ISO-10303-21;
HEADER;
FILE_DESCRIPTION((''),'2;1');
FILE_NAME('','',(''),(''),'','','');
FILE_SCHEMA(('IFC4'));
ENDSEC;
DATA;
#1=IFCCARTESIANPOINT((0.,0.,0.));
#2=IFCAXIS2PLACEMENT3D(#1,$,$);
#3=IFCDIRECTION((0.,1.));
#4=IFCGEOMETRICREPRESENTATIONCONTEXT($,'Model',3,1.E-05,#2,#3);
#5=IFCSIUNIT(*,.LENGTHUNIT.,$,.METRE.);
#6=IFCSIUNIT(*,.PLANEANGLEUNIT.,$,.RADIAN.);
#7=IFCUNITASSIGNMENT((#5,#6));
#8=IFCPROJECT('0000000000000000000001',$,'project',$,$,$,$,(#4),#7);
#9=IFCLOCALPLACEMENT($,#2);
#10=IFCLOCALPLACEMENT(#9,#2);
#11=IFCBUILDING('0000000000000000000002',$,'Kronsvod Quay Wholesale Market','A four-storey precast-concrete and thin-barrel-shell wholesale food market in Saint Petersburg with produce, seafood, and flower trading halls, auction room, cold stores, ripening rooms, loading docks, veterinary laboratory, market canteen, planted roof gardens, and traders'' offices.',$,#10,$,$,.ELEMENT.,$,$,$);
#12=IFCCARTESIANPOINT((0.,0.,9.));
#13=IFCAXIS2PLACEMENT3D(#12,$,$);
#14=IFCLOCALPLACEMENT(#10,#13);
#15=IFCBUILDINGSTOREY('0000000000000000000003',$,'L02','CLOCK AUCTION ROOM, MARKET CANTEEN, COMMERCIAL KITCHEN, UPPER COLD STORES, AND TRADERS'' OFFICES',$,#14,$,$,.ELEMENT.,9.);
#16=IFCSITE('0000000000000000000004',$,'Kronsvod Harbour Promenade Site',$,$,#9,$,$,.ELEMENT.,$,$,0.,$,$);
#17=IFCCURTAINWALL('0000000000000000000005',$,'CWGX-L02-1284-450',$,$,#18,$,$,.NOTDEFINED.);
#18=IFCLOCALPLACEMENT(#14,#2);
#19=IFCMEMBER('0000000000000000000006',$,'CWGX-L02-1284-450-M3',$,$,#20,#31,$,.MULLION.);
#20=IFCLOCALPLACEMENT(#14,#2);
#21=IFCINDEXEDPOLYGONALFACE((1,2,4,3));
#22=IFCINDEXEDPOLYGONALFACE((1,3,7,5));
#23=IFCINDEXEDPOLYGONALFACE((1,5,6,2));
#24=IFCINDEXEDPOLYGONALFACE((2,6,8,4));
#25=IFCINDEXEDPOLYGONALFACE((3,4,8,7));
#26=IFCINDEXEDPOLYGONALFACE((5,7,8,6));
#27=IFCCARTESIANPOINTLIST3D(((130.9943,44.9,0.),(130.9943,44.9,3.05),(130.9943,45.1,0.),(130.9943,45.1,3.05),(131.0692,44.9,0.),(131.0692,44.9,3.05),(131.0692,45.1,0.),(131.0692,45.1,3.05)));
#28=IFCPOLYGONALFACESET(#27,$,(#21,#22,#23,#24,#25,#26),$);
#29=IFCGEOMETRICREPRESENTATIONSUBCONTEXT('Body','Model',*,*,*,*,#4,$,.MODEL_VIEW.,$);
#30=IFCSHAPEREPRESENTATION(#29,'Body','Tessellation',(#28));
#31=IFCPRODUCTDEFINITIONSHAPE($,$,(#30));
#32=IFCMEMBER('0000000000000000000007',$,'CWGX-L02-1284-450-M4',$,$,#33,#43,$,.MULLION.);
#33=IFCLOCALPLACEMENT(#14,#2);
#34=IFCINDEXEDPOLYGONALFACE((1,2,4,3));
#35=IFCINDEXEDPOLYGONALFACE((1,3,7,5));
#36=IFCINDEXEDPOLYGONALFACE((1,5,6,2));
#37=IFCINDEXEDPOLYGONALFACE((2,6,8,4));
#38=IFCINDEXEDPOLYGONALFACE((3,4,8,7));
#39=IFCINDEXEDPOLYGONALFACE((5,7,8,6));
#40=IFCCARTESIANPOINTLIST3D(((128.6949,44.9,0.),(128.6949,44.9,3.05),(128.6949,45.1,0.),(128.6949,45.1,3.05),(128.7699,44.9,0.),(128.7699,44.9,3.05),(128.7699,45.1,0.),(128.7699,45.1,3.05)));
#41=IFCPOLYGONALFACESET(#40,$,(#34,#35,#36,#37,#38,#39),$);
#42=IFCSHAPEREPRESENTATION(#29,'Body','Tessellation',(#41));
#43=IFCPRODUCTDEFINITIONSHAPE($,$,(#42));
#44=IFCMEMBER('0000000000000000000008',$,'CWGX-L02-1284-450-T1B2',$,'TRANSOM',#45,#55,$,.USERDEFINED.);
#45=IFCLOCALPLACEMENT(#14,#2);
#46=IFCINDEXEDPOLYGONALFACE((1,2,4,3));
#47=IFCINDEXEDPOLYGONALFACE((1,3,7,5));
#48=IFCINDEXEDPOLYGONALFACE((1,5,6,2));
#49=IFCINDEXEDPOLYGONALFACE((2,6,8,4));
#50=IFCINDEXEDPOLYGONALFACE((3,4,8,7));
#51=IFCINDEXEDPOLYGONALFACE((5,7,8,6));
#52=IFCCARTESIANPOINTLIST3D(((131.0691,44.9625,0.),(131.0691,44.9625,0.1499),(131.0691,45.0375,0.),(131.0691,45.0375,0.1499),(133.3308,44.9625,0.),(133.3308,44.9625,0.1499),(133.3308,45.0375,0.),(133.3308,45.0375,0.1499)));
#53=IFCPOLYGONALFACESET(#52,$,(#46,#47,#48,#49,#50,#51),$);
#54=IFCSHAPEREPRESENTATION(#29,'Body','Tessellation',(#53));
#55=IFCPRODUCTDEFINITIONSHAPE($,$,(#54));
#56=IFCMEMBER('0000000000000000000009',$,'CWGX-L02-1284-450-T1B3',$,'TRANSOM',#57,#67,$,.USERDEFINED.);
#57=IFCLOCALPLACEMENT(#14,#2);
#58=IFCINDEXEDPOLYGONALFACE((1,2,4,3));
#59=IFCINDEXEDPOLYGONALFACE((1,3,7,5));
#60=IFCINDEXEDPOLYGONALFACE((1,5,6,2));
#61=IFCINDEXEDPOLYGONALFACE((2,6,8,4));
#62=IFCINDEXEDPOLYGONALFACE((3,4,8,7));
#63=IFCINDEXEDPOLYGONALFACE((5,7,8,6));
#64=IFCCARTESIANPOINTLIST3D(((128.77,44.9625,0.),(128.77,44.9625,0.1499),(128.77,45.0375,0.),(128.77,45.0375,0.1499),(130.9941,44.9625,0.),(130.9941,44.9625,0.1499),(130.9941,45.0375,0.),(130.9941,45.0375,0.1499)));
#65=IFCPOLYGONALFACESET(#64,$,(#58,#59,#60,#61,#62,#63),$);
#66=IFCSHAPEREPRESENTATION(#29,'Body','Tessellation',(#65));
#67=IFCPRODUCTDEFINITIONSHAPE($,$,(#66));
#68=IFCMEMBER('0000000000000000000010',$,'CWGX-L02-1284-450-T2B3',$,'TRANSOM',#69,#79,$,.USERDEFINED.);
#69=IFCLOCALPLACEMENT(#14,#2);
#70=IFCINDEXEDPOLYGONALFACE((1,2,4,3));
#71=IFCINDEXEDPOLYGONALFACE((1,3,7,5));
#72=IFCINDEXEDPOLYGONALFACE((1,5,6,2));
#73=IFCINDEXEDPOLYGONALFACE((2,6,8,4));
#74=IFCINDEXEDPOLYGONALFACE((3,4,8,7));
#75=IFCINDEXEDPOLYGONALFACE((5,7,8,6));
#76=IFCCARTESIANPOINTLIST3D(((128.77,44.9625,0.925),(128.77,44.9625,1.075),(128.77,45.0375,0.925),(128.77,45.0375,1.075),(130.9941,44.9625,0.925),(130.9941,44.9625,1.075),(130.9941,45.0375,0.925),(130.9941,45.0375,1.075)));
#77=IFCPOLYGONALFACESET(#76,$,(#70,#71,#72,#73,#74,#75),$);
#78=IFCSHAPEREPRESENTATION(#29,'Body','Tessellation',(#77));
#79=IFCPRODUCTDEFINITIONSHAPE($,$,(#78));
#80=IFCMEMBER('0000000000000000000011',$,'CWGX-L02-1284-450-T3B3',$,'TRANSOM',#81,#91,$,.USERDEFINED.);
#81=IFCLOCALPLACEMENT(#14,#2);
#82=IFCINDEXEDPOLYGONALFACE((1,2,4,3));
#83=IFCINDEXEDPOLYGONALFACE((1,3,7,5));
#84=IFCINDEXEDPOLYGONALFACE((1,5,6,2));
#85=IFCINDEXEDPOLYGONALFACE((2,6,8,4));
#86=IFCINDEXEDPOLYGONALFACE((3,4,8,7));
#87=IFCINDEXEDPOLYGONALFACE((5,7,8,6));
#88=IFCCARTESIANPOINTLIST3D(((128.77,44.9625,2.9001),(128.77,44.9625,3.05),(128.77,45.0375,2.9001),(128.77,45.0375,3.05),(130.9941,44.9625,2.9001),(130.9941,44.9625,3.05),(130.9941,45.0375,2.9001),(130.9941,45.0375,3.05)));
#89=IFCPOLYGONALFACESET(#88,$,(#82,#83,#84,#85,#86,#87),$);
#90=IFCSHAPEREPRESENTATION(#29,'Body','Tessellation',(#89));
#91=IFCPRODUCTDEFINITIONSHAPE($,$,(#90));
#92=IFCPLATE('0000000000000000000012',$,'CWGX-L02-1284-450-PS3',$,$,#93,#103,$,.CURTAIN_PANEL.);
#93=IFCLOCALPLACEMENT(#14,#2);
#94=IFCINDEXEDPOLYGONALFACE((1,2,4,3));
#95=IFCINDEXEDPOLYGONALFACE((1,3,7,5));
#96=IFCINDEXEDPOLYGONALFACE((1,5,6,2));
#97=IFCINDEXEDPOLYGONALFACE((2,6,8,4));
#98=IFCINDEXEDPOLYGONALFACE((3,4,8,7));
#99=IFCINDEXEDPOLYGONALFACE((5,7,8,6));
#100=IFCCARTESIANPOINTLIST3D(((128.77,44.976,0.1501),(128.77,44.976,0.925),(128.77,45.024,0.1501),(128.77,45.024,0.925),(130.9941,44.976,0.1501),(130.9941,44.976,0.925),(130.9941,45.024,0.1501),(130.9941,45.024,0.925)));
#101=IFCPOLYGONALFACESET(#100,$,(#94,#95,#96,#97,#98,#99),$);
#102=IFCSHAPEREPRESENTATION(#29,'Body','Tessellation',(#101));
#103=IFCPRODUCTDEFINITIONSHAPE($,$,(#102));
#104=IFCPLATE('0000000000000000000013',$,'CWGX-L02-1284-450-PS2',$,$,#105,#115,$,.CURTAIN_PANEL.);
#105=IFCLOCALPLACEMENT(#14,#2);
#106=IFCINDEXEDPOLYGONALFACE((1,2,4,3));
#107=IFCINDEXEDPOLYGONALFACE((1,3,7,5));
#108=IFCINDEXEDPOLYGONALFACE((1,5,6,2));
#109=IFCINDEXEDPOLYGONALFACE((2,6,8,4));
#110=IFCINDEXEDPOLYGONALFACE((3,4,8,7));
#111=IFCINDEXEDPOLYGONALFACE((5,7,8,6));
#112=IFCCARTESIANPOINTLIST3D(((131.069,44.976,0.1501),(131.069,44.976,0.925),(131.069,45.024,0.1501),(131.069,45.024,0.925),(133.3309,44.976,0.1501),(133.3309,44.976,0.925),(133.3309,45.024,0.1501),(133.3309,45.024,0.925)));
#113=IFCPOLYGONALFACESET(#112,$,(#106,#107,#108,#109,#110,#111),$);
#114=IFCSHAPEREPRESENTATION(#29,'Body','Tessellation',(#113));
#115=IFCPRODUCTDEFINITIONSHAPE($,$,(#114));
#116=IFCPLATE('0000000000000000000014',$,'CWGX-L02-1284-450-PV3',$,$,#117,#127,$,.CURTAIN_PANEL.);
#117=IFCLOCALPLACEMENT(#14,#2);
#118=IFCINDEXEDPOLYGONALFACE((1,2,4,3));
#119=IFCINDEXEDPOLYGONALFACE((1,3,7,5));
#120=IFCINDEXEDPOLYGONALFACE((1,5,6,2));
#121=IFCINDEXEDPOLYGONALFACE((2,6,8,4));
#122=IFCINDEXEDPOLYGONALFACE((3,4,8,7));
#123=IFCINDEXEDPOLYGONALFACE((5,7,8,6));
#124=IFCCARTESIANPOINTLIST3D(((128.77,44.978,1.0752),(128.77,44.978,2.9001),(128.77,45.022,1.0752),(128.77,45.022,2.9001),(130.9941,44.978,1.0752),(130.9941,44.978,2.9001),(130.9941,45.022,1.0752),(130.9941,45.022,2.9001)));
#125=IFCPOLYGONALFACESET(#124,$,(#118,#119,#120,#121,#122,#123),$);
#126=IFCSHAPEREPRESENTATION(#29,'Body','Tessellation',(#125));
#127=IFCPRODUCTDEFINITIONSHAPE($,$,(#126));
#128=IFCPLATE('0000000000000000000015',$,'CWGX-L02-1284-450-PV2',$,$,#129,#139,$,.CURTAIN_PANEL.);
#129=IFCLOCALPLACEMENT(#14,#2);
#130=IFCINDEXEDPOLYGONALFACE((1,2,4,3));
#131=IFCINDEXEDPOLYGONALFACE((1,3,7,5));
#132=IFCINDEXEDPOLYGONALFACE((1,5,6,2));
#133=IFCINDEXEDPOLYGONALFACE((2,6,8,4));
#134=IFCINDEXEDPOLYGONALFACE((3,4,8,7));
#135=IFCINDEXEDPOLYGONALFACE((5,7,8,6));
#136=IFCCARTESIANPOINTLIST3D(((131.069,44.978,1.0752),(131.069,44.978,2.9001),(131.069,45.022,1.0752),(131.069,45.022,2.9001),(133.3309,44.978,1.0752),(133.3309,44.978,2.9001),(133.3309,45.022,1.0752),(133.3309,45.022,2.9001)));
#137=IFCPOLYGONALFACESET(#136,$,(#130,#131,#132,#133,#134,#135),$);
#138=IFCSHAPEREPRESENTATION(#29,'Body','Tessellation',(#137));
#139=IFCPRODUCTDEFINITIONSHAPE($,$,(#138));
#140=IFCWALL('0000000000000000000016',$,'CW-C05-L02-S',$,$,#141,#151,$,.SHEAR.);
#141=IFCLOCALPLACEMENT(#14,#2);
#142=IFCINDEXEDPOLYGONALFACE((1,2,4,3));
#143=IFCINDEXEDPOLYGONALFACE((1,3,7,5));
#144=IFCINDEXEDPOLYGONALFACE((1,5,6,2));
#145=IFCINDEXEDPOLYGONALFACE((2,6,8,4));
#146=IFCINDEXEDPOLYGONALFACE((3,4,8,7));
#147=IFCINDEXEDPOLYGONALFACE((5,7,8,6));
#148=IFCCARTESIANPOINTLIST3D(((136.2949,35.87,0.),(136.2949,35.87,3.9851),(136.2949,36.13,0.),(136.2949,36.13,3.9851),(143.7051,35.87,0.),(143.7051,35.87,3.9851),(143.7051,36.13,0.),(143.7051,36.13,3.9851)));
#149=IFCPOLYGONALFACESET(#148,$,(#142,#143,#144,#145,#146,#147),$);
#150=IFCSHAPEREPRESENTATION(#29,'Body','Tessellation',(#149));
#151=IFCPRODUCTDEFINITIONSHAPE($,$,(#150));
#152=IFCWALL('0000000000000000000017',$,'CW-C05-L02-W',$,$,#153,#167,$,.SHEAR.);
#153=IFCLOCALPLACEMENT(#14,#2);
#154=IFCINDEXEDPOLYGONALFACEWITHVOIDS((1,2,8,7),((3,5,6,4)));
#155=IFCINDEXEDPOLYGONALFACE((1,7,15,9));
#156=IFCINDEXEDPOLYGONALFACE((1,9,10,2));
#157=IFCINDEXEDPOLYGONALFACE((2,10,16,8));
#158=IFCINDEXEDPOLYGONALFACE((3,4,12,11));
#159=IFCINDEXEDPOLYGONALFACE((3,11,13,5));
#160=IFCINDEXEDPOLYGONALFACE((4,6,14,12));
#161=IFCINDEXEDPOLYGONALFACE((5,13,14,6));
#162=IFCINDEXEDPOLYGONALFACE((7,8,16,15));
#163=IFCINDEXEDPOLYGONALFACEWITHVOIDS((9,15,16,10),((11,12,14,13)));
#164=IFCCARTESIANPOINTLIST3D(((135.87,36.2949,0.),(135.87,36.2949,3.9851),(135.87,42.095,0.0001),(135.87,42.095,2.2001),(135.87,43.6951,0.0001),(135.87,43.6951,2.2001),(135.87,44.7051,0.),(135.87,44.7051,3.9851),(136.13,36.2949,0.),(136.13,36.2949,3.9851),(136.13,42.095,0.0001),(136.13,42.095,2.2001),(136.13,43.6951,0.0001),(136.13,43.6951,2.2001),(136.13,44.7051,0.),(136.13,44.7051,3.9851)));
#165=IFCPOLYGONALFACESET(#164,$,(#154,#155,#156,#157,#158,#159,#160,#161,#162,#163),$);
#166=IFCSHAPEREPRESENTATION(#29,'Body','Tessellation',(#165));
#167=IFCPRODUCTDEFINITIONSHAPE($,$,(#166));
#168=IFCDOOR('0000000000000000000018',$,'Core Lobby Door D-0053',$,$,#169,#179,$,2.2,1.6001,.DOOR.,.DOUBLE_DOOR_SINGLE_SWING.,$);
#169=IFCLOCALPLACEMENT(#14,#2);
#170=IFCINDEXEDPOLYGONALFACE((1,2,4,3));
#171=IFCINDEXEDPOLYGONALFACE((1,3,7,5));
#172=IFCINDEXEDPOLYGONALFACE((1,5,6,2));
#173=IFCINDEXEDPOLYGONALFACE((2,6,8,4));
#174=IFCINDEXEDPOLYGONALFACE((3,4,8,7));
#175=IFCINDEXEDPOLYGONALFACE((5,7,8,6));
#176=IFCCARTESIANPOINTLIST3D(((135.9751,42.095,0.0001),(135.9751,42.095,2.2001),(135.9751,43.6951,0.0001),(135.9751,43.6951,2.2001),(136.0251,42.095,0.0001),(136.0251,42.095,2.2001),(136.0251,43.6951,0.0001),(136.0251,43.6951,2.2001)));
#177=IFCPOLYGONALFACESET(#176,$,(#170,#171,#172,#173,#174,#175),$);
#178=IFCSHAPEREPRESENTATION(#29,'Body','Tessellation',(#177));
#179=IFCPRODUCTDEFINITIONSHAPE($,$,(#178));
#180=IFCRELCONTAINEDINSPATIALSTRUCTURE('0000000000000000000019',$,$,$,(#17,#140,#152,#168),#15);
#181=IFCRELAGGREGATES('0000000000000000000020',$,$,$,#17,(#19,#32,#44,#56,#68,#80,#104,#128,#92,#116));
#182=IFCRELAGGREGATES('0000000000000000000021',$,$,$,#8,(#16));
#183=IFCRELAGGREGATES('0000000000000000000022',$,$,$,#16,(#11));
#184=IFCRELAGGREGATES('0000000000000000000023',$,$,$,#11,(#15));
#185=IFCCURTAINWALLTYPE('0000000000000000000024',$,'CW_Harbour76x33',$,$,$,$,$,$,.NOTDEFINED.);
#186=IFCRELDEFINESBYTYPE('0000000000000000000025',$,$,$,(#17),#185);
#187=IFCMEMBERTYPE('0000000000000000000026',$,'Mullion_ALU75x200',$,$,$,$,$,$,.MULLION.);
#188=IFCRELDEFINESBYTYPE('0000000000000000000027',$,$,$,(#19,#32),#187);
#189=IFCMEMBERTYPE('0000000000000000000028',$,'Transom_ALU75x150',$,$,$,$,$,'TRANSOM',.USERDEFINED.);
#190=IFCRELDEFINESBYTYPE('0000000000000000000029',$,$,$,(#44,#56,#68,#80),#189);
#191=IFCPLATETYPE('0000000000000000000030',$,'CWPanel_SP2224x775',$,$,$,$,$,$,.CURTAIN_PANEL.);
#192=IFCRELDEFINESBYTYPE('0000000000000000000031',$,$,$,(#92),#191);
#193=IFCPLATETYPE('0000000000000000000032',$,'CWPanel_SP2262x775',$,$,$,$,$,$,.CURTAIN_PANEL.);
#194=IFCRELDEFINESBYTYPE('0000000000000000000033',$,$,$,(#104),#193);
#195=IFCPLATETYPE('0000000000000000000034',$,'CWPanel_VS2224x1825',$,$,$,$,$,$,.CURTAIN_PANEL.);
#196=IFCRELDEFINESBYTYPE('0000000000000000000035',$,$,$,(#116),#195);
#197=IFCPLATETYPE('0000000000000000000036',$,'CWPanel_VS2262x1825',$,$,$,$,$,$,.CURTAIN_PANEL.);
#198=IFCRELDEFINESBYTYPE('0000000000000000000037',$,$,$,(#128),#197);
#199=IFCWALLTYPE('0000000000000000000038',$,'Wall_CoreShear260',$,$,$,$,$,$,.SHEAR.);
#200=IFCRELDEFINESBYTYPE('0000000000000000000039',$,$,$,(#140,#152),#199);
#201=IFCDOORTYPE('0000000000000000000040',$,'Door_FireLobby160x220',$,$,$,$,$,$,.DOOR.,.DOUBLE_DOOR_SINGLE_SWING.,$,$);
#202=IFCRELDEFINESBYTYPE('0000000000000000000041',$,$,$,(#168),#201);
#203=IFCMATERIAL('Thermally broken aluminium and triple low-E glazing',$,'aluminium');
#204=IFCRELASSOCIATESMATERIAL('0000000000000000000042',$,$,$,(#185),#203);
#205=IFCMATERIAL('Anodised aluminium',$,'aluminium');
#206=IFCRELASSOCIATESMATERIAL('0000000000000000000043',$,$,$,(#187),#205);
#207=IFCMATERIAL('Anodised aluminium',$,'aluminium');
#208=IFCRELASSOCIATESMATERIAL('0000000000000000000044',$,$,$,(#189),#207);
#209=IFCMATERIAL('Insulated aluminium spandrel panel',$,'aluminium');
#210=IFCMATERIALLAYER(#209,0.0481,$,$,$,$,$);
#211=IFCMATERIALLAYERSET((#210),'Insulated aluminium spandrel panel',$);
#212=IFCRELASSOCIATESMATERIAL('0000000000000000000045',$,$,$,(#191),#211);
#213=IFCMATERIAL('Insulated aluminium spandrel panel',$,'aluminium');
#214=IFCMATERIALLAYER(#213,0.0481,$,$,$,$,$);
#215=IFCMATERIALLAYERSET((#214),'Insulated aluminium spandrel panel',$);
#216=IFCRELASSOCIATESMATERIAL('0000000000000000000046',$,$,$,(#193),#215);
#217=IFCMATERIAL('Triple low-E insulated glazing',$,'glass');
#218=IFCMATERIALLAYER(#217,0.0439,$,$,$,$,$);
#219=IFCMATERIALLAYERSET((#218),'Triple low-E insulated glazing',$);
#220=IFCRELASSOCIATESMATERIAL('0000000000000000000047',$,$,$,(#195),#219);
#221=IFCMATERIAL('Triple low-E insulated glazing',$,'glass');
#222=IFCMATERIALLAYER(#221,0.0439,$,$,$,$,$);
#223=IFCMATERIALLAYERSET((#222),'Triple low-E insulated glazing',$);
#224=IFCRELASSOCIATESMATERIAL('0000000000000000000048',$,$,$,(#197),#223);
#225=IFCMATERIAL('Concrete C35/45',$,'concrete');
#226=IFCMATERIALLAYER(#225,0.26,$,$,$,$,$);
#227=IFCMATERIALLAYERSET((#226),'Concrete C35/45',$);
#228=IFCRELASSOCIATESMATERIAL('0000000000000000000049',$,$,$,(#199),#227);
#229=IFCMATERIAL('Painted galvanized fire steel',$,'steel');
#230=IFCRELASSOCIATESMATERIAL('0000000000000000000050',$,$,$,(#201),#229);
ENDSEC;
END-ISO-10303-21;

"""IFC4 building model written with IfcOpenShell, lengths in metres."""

from ifc_helpers import new_model, si_unit, direction, frame, frame_2d, origin, origin_2d, place, context, subcontext, project, spatial, rectangle, extrude, material, layer, layer_set, material_profile, profile_set, type_object, element, fill, aggregate, save


model = new_model("IFC4")

# Units and contexts
model_context = context("Model", 3, precision=1e-05, world=origin(), true_north=direction((0.0, 1.0)))
body_context = subcontext(model_context, "Body", "Model", "MODEL_VIEW")
ifc_project = project(units=[si_unit("LENGTHUNIT", "METRE"), si_unit("PLANEANGLEUNIT", "RADIAN")], contexts=[model_context])

# Site, building, storey
site_placement = place(None, origin())
site = spatial("IfcSite", under=ifc_project, at=site_placement, Name="Kronsvod Harbour Promenade Site", CompositionType="ELEMENT", RefElevation=0.0)
building_placement = place(site_placement, origin())
building = spatial("IfcBuilding", under=site, at=building_placement, Name="Kronsvod Quay Wholesale Market", Description="A four-storey precast-concrete and thin-barrel-shell wholesale food market in Saint Petersburg with produce, seafood, and flower trading halls, auction room, cold stores, ripening rooms, loading docks, veterinary laboratory, market canteen, planted roof gardens, and traders' offices.", CompositionType="ELEMENT")
storey_placement = place(building_placement, frame((0.0, 0.0, 9.0)))
storey = spatial("IfcBuildingStorey", under=building, at=storey_placement, Name="L02", Description="CLOCK AUCTION ROOM, MARKET CANTEEN, COMMERCIAL KITCHEN, UPPER COLD STORES, AND TRADERS' OFFICES", CompositionType="ELEMENT", Elevation=9.0)

# Curtain wall, members, plates
ifc_material_1 = material(Name="Thermally broken aluminium and triple low-E glazing", Category="aluminium")
curtain_wall_type = type_object("IfcCurtainWallType", Name="CW_Harbour76x33", PredefinedType="NOTDEFINED", material=ifc_material_1)
curtain_wall_placement = place(storey_placement, origin())
curtain_wall = element("IfcCurtainWall", 1, at=curtain_wall_placement, inside=storey, type_object=curtain_wall_type, Name="CWGX-L02-1284-450", PredefinedType="NOTDEFINED")
ifc_material_2 = material(Name="Anodised aluminium", Category="aluminium")
ifc_material_profile_1 = material_profile(ifc_material_2, rectangle(XDim=0.075, YDim=0.2, at=origin_2d()), Name="ALUM75x200")
ifc_profile_set_1 = profile_set([ifc_material_profile_1], Name="Anodised aluminium")
member_type_1 = type_object("IfcMemberType", Name="Mullion_ALU75x200", PredefinedType="MULLION", material=ifc_profile_set_1)
member_1_placement = place(storey_placement, frame((131.0317, 45.0, 0.0), z_axis=(0.0, 0.0, 1.0), x_axis=(1.0, 0.0, 0.0)))
member_1 = element("IfcMember", 2, at=member_1_placement, type_object=member_type_1, Name="CWGX-L02-1284-450-M3", PredefinedType="MULLION", context=body_context, shape_type="SweptSolid", body=[
    extrude(rectangle(XDim=0.075, YDim=0.2, at=origin_2d()), origin(), (0.0, 0.0, 1.0), 3.05),
])
member_2_placement = place(storey_placement, frame((128.7324, 45.0, 0.0), z_axis=(0.0, 0.0, 1.0), x_axis=(1.0, 0.0, 0.0)))
member_2 = element("IfcMember", 3, at=member_2_placement, type_object=member_type_1, Name="CWGX-L02-1284-450-M4", PredefinedType="MULLION", context=body_context, shape_type="SweptSolid", body=[
    extrude(rectangle(XDim=0.075, YDim=0.2, at=origin_2d()), origin(), (0.0, 0.0, 1.0), 3.05),
])
ifc_material_3 = material(Name="Anodised aluminium", Category="aluminium")
ifc_material_profile_2 = material_profile(ifc_material_3, rectangle(XDim=0.075, YDim=0.1499, at=origin_2d()), Name="ALUT75x150")
ifc_profile_set_2 = profile_set([ifc_material_profile_2], Name="Anodised aluminium")
member_type_2 = type_object("IfcMemberType", Name="Transom_ALU75x150", ElementType="TRANSOM", PredefinedType="USERDEFINED", material=ifc_profile_set_2)
member_3_placement = place(storey_placement, frame((133.3308, 45.0, 0.075), z_axis=(-1.0, 0.0, 0.0), x_axis=(0.0, -1.0, 0.0)))
member_3 = element("IfcMember", 4, at=member_3_placement, type_object=member_type_2, Name="CWGX-L02-1284-450-T1B2", ObjectType="TRANSOM", PredefinedType="USERDEFINED", context=body_context, shape_type="SweptSolid", body=[
    extrude(rectangle(XDim=0.075, YDim=0.1499, at=origin_2d()), origin(), (0.0, 0.0, 1.0), 2.2617),
])
member_4_placement = place(storey_placement, frame((130.9941, 45.0, 0.075), z_axis=(-1.0, 0.0, 0.0), x_axis=(0.0, -1.0, 0.0)))
member_4 = element("IfcMember", 5, at=member_4_placement, type_object=member_type_2, Name="CWGX-L02-1284-450-T1B3", ObjectType="TRANSOM", PredefinedType="USERDEFINED", context=body_context, shape_type="SweptSolid", body=[
    extrude(rectangle(XDim=0.075, YDim=0.1499, at=origin_2d()), origin(), (0.0, 0.0, 1.0), 2.2241),
])
member_5_placement = place(storey_placement, frame((130.9941, 45.0, 1.0), z_axis=(-1.0, 0.0, 0.0), x_axis=(0.0, -1.0, 0.0)))
member_5 = element("IfcMember", 6, at=member_5_placement, type_object=member_type_2, Name="CWGX-L02-1284-450-T2B3", ObjectType="TRANSOM", PredefinedType="USERDEFINED", context=body_context, shape_type="SweptSolid", body=[
    extrude(rectangle(XDim=0.075, YDim=0.1499, at=origin_2d()), origin(), (0.0, 0.0, 1.0), 2.2241),
])
member_6_placement = place(storey_placement, frame((130.9941, 45.0, 2.9751), z_axis=(-1.0, 0.0, 0.0), x_axis=(0.0, -1.0, 0.0)))
member_6 = element("IfcMember", 7, at=member_6_placement, type_object=member_type_2, Name="CWGX-L02-1284-450-T3B3", ObjectType="TRANSOM", PredefinedType="USERDEFINED", context=body_context, shape_type="SweptSolid", body=[
    extrude(rectangle(XDim=0.075, YDim=0.1499, at=origin_2d()), origin(), (0.0, 0.0, 1.0), 2.2241),
])
ifc_material_4 = material(Name="Insulated aluminium spandrel panel", Category="aluminium")
ifc_layer_1 = layer(ifc_material_4, 0.0481)
ifc_layer_set_1 = layer_set([ifc_layer_1], Name="Insulated aluminium spandrel panel")
plate_type_1 = type_object("IfcPlateType", Name="CWPanel_SP2224x775", PredefinedType="CURTAIN_PANEL", material=ifc_layer_set_1)
plate_1_placement = place(storey_placement, frame((129.8821, 45.0, 0.1501), z_axis=(0.0, 0.0, 1.0), x_axis=(-1.0, 0.0, 0.0)))
plate_1 = element("IfcPlate", 8, at=plate_1_placement, type_object=plate_type_1, Name="CWGX-L02-1284-450-PS3", PredefinedType="CURTAIN_PANEL", context=body_context, shape_type="SweptSolid", body=[
    extrude(rectangle(XDim=2.2241, YDim=0.0481, at=origin_2d()), origin(), (0.0, 0.0, 1.0), 0.7749),
])
ifc_material_5 = material(Name="Insulated aluminium spandrel panel", Category="aluminium")
ifc_layer_2 = layer(ifc_material_5, 0.0481)
ifc_layer_set_2 = layer_set([ifc_layer_2], Name="Insulated aluminium spandrel panel")
plate_type_2 = type_object("IfcPlateType", Name="CWPanel_SP2262x775", PredefinedType="CURTAIN_PANEL", material=ifc_layer_set_2)
plate_2_placement = place(storey_placement, frame((132.2, 45.0, 0.1501), z_axis=(0.0, 0.0, 1.0), x_axis=(-1.0, 0.0, 0.0)))
plate_2 = element("IfcPlate", 9, at=plate_2_placement, type_object=plate_type_2, Name="CWGX-L02-1284-450-PS2", PredefinedType="CURTAIN_PANEL", context=body_context, shape_type="SweptSolid", body=[
    extrude(rectangle(XDim=2.262, YDim=0.0481, at=origin_2d()), origin(), (0.0, 0.0, 1.0), 0.7749),
])
ifc_material_6 = material(Name="Triple low-E insulated glazing", Category="glass")
ifc_layer_3 = layer(ifc_material_6, 0.0439)
ifc_layer_set_3 = layer_set([ifc_layer_3], Name="Triple low-E insulated glazing")
plate_type_3 = type_object("IfcPlateType", Name="CWPanel_VS2224x1825", PredefinedType="CURTAIN_PANEL", material=ifc_layer_set_3)
plate_3_placement = place(storey_placement, frame((129.8821, 45.0, 1.0752), z_axis=(0.0, 0.0, 1.0), x_axis=(-1.0, 0.0, 0.0)))
plate_3 = element("IfcPlate", 10, at=plate_3_placement, type_object=plate_type_3, Name="CWGX-L02-1284-450-PV3", PredefinedType="CURTAIN_PANEL", context=body_context, shape_type="SweptSolid", body=[
    extrude(rectangle(XDim=2.2241, YDim=0.0439, at=origin_2d()), origin(), (0.0, 0.0, 1.0), 1.825),
])
ifc_material_7 = material(Name="Triple low-E insulated glazing", Category="glass")
ifc_layer_4 = layer(ifc_material_7, 0.0439)
ifc_layer_set_4 = layer_set([ifc_layer_4], Name="Triple low-E insulated glazing")
plate_type_4 = type_object("IfcPlateType", Name="CWPanel_VS2262x1825", PredefinedType="CURTAIN_PANEL", material=ifc_layer_set_4)
plate_4_placement = place(storey_placement, frame((132.2, 45.0, 1.0752), z_axis=(0.0, 0.0, 1.0), x_axis=(-1.0, 0.0, 0.0)))
plate_4 = element("IfcPlate", 11, at=plate_4_placement, type_object=plate_type_4, Name="CWGX-L02-1284-450-PV2", PredefinedType="CURTAIN_PANEL", context=body_context, shape_type="SweptSolid", body=[
    extrude(rectangle(XDim=2.262, YDim=0.0439, at=origin_2d()), origin(), (0.0, 0.0, 1.0), 1.825),
])
aggregate(curtain_wall, [member_1, member_2, member_3, member_4, member_5, member_6, plate_2, plate_4, plate_1, plate_3])

# Wall
ifc_material_8 = material(Name="Concrete C35/45", Category="concrete")
ifc_layer_5 = layer(ifc_material_8, 0.26)
ifc_layer_set_5 = layer_set([ifc_layer_5], Name="Concrete C35/45")
wall_type_1 = type_object("IfcWallType", Name="Wall_CoreShear260", PredefinedType="SHEAR", material=ifc_layer_set_5)
wall_1_placement = place(storey_placement, frame((136.2949, 36.0, 0.0), z_axis=(0.0, 0.0, 1.0), x_axis=(1.0, 0.0, 0.0)))
element("IfcWall", 12, at=wall_1_placement, inside=storey, type_object=wall_type_1, Name="CW-C05-L02-S", PredefinedType="SHEAR", context=body_context, shape_type="SweptSolid", body=[
    extrude(rectangle(XDim=7.4102, YDim=0.26, at=frame_2d((3.7051, 0.0))), origin(), (0.0, 0.0, 1.0), 3.9851),
])

# Wall, opening, door
wall_2_placement = place(storey_placement, frame((136.0, 36.2949, 0.0), z_axis=(0.0, 0.0, 1.0), x_axis=(0.0, 1.0, 0.0)))
wall_2 = element("IfcWall", 13, at=wall_2_placement, inside=storey, type_object=wall_type_1, Name="CW-C05-L02-W", PredefinedType="SHEAR", context=body_context, shape_type="SweptSolid", body=[
    extrude(rectangle(XDim=8.4102, YDim=0.26, at=frame_2d((4.2051, 0.0))), origin(), (0.0, 0.0, 1.0), 3.9851),
])
opening_1_placement = place(wall_2_placement, frame((5.8, 0.0, 0.0)))
opening_1 = element("IfcOpeningElement", 14, at=opening_1_placement, cuts=wall_2, PredefinedType="OPENING", context=body_context, shape_type="SweptSolid", body=[
    extrude(rectangle(XDim=1.6001, YDim=2.2, at=frame_2d((0.8, 1.1001))), frame((0.0, 0.1401, 0.0), z_axis=(0.0, -1.0, 0.0), x_axis=(1.0, 0.0, 0.0)), (0.0, 0.0, 1.0), 0.28),
])
ifc_material_9 = material(Name="Painted galvanized fire steel", Category="steel")
door_type_1 = type_object("IfcDoorType", Name="Door_FireLobby160x220", OperationType="DOUBLE_DOOR_SINGLE_SWING", PredefinedType="DOOR", material=ifc_material_9)
door_1_placement = place(opening_1_placement, origin())
door_1 = element("IfcDoor", 15, at=door_1_placement, inside=storey, type_object=door_type_1, Name="Core Lobby Door D-0053", OperationType="DOUBLE_DOOR_SINGLE_SWING", OverallHeight=2.2, OverallWidth=1.6001, PredefinedType="DOOR", context=body_context, shape_type="SweptSolid", body=[
    extrude(rectangle(XDim=1.6001, YDim=2.2, at=frame_2d((0.8, 1.1001))), frame((0.0, 0.0249, 0.0), z_axis=(0.0, -1.0, 0.0), x_axis=(1.0, 0.0, 0.0)), (0.0, 0.0, 1.0), 0.05),
])
fill(opening_1, door_1)

save(model, "model.ifc")
